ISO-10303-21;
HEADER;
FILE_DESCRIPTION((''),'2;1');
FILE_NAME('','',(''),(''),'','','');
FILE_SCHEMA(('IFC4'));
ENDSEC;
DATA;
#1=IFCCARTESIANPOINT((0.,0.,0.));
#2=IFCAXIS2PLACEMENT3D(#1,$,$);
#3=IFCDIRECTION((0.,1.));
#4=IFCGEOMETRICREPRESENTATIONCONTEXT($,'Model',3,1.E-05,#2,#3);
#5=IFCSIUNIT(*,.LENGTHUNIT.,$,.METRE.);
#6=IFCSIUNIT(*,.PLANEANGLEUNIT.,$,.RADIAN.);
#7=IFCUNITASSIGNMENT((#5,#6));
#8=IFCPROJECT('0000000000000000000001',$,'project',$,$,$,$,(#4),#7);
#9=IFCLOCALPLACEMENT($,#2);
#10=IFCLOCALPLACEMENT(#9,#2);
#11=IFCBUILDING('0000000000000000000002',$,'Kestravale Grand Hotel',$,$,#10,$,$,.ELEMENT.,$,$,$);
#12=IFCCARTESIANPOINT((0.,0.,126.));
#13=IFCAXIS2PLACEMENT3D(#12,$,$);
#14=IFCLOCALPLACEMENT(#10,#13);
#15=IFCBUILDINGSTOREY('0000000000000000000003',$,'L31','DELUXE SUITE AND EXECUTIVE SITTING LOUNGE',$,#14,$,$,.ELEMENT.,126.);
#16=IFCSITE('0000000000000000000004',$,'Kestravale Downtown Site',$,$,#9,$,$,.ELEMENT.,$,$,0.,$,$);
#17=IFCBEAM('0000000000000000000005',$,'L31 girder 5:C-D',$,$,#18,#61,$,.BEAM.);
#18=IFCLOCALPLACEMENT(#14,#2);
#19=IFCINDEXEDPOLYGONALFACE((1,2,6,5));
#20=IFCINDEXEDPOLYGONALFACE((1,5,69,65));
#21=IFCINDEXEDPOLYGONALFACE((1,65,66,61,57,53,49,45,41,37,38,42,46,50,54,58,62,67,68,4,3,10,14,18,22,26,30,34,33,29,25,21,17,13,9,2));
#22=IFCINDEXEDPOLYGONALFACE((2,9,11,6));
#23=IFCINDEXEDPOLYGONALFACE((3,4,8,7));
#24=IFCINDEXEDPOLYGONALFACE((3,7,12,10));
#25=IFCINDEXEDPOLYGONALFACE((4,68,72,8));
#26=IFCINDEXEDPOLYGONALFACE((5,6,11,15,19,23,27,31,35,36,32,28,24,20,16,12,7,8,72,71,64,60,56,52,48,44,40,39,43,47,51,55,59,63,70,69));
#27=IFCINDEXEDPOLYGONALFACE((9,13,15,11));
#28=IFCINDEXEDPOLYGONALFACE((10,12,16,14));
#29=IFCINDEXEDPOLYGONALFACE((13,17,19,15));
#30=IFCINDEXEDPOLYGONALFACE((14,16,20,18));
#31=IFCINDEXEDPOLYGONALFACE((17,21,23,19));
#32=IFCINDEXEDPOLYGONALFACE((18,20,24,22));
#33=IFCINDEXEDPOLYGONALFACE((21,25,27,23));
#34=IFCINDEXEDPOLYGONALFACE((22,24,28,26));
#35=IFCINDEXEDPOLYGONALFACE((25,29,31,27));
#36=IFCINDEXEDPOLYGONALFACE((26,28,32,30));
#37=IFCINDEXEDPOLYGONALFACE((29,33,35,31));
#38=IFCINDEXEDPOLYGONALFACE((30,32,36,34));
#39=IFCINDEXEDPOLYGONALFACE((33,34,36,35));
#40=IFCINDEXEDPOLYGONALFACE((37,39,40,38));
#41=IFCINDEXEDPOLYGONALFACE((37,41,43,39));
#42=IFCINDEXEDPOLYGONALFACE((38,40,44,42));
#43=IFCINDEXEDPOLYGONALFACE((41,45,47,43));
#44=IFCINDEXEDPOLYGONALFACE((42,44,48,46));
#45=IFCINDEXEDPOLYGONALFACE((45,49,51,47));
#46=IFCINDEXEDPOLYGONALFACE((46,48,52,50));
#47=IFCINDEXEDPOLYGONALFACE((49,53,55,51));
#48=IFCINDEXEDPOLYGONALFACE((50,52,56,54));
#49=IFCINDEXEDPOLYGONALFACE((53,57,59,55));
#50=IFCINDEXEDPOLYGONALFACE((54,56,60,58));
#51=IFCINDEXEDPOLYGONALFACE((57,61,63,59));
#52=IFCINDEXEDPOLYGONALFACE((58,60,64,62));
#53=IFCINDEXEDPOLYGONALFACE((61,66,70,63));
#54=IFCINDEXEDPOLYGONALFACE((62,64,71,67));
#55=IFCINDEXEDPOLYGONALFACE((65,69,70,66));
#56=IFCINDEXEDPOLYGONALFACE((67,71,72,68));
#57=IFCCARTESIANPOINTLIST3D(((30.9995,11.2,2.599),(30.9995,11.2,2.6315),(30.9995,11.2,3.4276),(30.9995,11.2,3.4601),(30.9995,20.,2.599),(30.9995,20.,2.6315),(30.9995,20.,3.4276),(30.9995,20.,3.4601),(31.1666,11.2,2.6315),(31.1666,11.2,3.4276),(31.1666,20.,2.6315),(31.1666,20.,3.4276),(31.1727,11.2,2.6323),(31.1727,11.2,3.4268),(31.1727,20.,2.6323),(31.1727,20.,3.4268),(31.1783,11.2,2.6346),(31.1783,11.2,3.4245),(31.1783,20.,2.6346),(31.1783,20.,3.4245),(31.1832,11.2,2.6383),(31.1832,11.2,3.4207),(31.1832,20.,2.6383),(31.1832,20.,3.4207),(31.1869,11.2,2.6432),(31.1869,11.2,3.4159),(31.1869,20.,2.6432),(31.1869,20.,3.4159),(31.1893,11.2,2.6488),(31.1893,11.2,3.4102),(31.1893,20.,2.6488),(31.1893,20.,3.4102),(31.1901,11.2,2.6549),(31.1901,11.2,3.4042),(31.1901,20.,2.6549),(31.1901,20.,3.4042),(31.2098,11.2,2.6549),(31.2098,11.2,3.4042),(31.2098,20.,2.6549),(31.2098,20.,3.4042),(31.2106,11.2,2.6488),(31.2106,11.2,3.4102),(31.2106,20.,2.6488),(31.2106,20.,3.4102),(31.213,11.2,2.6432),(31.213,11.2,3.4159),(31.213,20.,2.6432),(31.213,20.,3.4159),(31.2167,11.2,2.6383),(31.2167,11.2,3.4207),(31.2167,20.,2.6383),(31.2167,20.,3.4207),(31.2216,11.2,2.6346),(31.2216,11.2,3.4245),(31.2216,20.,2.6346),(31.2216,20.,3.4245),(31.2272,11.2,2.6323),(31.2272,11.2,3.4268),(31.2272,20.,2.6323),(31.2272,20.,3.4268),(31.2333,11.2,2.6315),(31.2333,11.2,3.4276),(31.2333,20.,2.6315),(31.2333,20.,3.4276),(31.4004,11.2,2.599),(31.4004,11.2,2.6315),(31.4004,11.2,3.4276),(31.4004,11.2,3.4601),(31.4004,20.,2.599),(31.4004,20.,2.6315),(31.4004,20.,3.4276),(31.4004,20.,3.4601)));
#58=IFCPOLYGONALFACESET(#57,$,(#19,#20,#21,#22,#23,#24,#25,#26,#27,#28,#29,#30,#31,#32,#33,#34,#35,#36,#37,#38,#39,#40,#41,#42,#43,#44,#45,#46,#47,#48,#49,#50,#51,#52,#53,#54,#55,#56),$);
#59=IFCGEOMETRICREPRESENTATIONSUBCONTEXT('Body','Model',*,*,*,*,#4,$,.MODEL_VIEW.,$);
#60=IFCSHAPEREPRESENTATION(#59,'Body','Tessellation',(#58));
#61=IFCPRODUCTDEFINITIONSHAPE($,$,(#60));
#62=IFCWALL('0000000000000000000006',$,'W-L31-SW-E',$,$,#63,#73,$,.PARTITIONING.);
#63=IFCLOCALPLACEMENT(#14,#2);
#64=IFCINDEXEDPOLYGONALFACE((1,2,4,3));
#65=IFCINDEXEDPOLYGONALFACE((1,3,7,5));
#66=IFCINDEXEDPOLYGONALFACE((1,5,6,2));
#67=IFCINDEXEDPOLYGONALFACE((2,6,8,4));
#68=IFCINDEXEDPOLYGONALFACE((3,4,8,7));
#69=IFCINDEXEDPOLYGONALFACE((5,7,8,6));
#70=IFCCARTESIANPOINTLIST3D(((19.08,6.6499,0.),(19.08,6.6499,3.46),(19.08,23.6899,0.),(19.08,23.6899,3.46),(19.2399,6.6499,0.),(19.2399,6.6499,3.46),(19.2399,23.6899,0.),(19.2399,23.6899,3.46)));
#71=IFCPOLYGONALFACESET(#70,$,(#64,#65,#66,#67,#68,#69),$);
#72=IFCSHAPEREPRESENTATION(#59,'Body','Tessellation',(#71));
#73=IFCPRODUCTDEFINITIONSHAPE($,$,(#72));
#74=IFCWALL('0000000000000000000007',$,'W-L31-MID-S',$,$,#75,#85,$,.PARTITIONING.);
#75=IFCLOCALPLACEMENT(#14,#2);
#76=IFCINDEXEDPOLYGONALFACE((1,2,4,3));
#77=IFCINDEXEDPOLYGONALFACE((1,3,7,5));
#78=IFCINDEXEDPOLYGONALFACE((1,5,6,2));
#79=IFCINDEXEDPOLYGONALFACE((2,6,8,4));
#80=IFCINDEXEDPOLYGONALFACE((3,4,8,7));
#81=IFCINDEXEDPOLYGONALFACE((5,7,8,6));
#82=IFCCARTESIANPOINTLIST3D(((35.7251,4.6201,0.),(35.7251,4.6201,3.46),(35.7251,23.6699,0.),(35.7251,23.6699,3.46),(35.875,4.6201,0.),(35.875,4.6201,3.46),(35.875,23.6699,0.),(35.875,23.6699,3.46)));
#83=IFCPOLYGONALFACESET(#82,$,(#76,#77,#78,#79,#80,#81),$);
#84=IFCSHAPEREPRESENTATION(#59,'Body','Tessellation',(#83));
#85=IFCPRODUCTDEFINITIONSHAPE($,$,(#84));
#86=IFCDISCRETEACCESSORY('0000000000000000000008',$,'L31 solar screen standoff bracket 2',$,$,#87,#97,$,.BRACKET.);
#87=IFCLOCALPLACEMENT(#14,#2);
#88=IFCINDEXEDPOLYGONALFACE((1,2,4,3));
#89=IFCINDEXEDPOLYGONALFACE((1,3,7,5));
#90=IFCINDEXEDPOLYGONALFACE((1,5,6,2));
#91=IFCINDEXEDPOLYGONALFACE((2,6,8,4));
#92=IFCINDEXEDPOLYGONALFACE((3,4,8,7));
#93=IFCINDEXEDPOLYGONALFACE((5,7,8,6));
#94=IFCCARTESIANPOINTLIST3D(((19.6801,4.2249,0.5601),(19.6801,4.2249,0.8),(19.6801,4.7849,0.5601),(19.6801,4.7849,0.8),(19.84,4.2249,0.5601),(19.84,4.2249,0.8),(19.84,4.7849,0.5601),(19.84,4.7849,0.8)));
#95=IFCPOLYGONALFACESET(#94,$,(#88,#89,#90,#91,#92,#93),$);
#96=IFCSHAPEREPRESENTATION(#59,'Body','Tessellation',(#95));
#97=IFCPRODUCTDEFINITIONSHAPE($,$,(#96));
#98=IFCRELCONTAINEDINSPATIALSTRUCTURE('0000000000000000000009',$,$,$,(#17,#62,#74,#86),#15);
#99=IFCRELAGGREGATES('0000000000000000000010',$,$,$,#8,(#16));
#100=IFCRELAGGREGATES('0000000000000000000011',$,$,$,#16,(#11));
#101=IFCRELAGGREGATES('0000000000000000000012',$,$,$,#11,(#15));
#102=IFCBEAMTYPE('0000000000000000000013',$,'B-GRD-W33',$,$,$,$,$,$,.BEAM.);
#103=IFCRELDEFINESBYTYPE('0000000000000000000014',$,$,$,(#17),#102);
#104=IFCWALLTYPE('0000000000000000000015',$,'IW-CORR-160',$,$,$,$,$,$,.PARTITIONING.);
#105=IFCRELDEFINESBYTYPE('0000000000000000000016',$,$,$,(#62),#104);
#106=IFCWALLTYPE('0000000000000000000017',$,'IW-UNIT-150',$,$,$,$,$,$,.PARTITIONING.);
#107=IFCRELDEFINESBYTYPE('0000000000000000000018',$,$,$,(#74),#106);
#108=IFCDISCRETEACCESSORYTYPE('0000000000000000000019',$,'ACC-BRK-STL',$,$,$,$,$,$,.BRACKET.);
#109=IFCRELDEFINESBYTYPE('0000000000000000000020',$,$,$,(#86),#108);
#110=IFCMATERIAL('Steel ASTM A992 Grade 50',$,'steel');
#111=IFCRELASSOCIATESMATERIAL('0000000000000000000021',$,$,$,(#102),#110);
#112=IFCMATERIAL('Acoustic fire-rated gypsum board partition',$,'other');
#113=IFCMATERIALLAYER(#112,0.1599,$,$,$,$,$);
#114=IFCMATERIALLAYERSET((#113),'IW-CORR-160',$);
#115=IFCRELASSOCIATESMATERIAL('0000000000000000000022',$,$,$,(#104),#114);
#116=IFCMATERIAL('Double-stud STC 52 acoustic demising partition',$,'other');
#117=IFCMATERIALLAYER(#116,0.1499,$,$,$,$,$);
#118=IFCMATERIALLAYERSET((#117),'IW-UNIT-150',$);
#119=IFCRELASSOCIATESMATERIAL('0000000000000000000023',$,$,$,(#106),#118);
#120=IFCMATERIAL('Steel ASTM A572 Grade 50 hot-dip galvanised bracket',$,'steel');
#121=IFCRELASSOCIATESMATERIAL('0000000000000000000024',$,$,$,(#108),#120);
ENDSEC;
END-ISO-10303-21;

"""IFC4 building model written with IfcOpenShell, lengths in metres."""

from ifc_helpers import new_model, si_unit, direction, frame, frame_2d, origin, origin_2d, place, context, subcontext, project, spatial, rectangle, i_section, extrude, material, layer, layer_set, material_profile, profile_set, type_object, element, save


model = new_model("IFC4")

# Units and contexts
model_context = context("Model", 3, precision=1e-05, world=origin(), true_north=direction((0.0, 1.0)))
body_context = subcontext(model_context, "Body", "Model", "MODEL_VIEW")
ifc_project = project(units=[si_unit("LENGTHUNIT", "METRE"), si_unit("PLANEANGLEUNIT", "RADIAN")], contexts=[model_context])

# Site, building, storey
site_placement = place(None, origin())
site = spatial("IfcSite", under=ifc_project, at=site_placement, Name="Kestravale Downtown Site", CompositionType="ELEMENT", RefElevation=0.0)
building_placement = place(site_placement, origin())
building = spatial("IfcBuilding", under=site, at=building_placement, Name="Kestravale Grand Hotel", CompositionType="ELEMENT")
storey_placement = place(building_placement, frame((0.0, 0.0, 126.0)))
storey = spatial("IfcBuildingStorey", under=building, at=storey_placement, Name="L31", Description="DELUXE SUITE AND EXECUTIVE SITTING LOUNGE", CompositionType="ELEMENT", Elevation=126.0)

# Beam
ifc_material_1 = material(Name="Steel ASTM A992 Grade 50", Category="steel")
ifc_material_profile_1 = material_profile(ifc_material_1, i_section(OverallWidth=0.4009, OverallDepth=0.8611, WebThickness=0.0198, FlangeThickness=0.0325, FilletRadius=0.0234, at=origin_2d()))
ifc_profile_set_1 = profile_set([ifc_material_profile_1], Name="Steel ASTM A992 Grade 50")
beam_type_1 = type_object("IfcBeamType", Name="B-GRD-W33", PredefinedType="BEAM", material=ifc_profile_set_1)
for number, where, z_axis, x_axis, name in (
    (1, (31.2, 11.2, 3.0295), (0.0, 1.0, 0.0), (-1.0, 0.0, 0.0), "L31 girder 5:C-D"),
):
    element("IfcBeam", number, at=place(storey_placement, frame(where, z_axis=z_axis, x_axis=x_axis)), inside=storey, type_object=beam_type_1, Name=name, PredefinedType="BEAM", context=body_context, shape_type="SweptSolid", body=[
        extrude(i_section(OverallWidth=0.4009, OverallDepth=0.8611, WebThickness=0.0198, FlangeThickness=0.0325, FilletRadius=0.0234, at=origin_2d()), origin(), (0.0, 0.0, 1.0), 8.8),
    ])

# Walls
ifc_material_2 = material(Name="Acoustic fire-rated gypsum board partition", Category="other")
ifc_layer_1 = layer(ifc_material_2, 0.1599)
ifc_layer_set_1 = layer_set([ifc_layer_1], Name="IW-CORR-160")
wall_type_1 = type_object("IfcWallType", Name="IW-CORR-160", PredefinedType="PARTITIONING", material=ifc_layer_set_1)
wall_1_placement = place(storey_placement, frame((19.1599, 6.6499, 0.0), z_axis=(0.0, 0.0, 1.0), x_axis=(0.0, 1.0, 0.0)))
element("IfcWall", 2, at=wall_1_placement, inside=storey, type_object=wall_type_1, Name="W-L31-SW-E", PredefinedType="PARTITIONING", context=body_context, shape_type="SweptSolid", body=[
    extrude(rectangle(XDim=17.04, YDim=0.1599, at=frame_2d((8.52, 0.0))), origin(), (0.0, 0.0, 1.0), 3.46),
])
ifc_material_3 = material(Name="Double-stud STC 52 acoustic demising partition", Category="other")
ifc_layer_2 = layer(ifc_material_3, 0.1499)
ifc_layer_set_2 = layer_set([ifc_layer_2], Name="IW-UNIT-150")
wall_type_2 = type_object("IfcWallType", Name="IW-UNIT-150", PredefinedType="PARTITIONING", material=ifc_layer_set_2)
wall_2_placement = place(storey_placement, frame((35.8, 4.6201, 0.0), z_axis=(0.0, 0.0, 1.0), x_axis=(0.0, 1.0, 0.0)))
element("IfcWall", 3, at=wall_2_placement, inside=storey, type_object=wall_type_2, Name="W-L31-MID-S", PredefinedType="PARTITIONING", context=body_context, shape_type="SweptSolid", body=[
    extrude(rectangle(XDim=19.0498, YDim=0.1499, at=frame_2d((9.5249, 0.0))), origin(), (0.0, 0.0, 1.0), 3.46),
])

# Discrete accessory
ifc_material_4 = material(Name="Steel ASTM A572 Grade 50 hot-dip galvanised bracket", Category="steel")
discrete_accessory_type = type_object("IfcDiscreteAccessoryType", Name="ACC-BRK-STL", PredefinedType="BRACKET", material=ifc_material_4)
discrete_accessory_placement = place(storey_placement, frame((19.76, 4.5049, 0.5601), z_axis=(0.0, 0.0, 1.0), x_axis=(1.0, 0.0, 0.0)))
element("IfcDiscreteAccessory", 4, at=discrete_accessory_placement, inside=storey, type_object=discrete_accessory_type, Name="L31 solar screen standoff bracket 2", PredefinedType="BRACKET", context=body_context, shape_type="SweptSolid", body=[
    extrude(rectangle(XDim=0.1599, YDim=0.5601, at=origin_2d()), origin(), (0.0, 0.0, 1.0), 0.24),
])

save(model, "model.ifc")
